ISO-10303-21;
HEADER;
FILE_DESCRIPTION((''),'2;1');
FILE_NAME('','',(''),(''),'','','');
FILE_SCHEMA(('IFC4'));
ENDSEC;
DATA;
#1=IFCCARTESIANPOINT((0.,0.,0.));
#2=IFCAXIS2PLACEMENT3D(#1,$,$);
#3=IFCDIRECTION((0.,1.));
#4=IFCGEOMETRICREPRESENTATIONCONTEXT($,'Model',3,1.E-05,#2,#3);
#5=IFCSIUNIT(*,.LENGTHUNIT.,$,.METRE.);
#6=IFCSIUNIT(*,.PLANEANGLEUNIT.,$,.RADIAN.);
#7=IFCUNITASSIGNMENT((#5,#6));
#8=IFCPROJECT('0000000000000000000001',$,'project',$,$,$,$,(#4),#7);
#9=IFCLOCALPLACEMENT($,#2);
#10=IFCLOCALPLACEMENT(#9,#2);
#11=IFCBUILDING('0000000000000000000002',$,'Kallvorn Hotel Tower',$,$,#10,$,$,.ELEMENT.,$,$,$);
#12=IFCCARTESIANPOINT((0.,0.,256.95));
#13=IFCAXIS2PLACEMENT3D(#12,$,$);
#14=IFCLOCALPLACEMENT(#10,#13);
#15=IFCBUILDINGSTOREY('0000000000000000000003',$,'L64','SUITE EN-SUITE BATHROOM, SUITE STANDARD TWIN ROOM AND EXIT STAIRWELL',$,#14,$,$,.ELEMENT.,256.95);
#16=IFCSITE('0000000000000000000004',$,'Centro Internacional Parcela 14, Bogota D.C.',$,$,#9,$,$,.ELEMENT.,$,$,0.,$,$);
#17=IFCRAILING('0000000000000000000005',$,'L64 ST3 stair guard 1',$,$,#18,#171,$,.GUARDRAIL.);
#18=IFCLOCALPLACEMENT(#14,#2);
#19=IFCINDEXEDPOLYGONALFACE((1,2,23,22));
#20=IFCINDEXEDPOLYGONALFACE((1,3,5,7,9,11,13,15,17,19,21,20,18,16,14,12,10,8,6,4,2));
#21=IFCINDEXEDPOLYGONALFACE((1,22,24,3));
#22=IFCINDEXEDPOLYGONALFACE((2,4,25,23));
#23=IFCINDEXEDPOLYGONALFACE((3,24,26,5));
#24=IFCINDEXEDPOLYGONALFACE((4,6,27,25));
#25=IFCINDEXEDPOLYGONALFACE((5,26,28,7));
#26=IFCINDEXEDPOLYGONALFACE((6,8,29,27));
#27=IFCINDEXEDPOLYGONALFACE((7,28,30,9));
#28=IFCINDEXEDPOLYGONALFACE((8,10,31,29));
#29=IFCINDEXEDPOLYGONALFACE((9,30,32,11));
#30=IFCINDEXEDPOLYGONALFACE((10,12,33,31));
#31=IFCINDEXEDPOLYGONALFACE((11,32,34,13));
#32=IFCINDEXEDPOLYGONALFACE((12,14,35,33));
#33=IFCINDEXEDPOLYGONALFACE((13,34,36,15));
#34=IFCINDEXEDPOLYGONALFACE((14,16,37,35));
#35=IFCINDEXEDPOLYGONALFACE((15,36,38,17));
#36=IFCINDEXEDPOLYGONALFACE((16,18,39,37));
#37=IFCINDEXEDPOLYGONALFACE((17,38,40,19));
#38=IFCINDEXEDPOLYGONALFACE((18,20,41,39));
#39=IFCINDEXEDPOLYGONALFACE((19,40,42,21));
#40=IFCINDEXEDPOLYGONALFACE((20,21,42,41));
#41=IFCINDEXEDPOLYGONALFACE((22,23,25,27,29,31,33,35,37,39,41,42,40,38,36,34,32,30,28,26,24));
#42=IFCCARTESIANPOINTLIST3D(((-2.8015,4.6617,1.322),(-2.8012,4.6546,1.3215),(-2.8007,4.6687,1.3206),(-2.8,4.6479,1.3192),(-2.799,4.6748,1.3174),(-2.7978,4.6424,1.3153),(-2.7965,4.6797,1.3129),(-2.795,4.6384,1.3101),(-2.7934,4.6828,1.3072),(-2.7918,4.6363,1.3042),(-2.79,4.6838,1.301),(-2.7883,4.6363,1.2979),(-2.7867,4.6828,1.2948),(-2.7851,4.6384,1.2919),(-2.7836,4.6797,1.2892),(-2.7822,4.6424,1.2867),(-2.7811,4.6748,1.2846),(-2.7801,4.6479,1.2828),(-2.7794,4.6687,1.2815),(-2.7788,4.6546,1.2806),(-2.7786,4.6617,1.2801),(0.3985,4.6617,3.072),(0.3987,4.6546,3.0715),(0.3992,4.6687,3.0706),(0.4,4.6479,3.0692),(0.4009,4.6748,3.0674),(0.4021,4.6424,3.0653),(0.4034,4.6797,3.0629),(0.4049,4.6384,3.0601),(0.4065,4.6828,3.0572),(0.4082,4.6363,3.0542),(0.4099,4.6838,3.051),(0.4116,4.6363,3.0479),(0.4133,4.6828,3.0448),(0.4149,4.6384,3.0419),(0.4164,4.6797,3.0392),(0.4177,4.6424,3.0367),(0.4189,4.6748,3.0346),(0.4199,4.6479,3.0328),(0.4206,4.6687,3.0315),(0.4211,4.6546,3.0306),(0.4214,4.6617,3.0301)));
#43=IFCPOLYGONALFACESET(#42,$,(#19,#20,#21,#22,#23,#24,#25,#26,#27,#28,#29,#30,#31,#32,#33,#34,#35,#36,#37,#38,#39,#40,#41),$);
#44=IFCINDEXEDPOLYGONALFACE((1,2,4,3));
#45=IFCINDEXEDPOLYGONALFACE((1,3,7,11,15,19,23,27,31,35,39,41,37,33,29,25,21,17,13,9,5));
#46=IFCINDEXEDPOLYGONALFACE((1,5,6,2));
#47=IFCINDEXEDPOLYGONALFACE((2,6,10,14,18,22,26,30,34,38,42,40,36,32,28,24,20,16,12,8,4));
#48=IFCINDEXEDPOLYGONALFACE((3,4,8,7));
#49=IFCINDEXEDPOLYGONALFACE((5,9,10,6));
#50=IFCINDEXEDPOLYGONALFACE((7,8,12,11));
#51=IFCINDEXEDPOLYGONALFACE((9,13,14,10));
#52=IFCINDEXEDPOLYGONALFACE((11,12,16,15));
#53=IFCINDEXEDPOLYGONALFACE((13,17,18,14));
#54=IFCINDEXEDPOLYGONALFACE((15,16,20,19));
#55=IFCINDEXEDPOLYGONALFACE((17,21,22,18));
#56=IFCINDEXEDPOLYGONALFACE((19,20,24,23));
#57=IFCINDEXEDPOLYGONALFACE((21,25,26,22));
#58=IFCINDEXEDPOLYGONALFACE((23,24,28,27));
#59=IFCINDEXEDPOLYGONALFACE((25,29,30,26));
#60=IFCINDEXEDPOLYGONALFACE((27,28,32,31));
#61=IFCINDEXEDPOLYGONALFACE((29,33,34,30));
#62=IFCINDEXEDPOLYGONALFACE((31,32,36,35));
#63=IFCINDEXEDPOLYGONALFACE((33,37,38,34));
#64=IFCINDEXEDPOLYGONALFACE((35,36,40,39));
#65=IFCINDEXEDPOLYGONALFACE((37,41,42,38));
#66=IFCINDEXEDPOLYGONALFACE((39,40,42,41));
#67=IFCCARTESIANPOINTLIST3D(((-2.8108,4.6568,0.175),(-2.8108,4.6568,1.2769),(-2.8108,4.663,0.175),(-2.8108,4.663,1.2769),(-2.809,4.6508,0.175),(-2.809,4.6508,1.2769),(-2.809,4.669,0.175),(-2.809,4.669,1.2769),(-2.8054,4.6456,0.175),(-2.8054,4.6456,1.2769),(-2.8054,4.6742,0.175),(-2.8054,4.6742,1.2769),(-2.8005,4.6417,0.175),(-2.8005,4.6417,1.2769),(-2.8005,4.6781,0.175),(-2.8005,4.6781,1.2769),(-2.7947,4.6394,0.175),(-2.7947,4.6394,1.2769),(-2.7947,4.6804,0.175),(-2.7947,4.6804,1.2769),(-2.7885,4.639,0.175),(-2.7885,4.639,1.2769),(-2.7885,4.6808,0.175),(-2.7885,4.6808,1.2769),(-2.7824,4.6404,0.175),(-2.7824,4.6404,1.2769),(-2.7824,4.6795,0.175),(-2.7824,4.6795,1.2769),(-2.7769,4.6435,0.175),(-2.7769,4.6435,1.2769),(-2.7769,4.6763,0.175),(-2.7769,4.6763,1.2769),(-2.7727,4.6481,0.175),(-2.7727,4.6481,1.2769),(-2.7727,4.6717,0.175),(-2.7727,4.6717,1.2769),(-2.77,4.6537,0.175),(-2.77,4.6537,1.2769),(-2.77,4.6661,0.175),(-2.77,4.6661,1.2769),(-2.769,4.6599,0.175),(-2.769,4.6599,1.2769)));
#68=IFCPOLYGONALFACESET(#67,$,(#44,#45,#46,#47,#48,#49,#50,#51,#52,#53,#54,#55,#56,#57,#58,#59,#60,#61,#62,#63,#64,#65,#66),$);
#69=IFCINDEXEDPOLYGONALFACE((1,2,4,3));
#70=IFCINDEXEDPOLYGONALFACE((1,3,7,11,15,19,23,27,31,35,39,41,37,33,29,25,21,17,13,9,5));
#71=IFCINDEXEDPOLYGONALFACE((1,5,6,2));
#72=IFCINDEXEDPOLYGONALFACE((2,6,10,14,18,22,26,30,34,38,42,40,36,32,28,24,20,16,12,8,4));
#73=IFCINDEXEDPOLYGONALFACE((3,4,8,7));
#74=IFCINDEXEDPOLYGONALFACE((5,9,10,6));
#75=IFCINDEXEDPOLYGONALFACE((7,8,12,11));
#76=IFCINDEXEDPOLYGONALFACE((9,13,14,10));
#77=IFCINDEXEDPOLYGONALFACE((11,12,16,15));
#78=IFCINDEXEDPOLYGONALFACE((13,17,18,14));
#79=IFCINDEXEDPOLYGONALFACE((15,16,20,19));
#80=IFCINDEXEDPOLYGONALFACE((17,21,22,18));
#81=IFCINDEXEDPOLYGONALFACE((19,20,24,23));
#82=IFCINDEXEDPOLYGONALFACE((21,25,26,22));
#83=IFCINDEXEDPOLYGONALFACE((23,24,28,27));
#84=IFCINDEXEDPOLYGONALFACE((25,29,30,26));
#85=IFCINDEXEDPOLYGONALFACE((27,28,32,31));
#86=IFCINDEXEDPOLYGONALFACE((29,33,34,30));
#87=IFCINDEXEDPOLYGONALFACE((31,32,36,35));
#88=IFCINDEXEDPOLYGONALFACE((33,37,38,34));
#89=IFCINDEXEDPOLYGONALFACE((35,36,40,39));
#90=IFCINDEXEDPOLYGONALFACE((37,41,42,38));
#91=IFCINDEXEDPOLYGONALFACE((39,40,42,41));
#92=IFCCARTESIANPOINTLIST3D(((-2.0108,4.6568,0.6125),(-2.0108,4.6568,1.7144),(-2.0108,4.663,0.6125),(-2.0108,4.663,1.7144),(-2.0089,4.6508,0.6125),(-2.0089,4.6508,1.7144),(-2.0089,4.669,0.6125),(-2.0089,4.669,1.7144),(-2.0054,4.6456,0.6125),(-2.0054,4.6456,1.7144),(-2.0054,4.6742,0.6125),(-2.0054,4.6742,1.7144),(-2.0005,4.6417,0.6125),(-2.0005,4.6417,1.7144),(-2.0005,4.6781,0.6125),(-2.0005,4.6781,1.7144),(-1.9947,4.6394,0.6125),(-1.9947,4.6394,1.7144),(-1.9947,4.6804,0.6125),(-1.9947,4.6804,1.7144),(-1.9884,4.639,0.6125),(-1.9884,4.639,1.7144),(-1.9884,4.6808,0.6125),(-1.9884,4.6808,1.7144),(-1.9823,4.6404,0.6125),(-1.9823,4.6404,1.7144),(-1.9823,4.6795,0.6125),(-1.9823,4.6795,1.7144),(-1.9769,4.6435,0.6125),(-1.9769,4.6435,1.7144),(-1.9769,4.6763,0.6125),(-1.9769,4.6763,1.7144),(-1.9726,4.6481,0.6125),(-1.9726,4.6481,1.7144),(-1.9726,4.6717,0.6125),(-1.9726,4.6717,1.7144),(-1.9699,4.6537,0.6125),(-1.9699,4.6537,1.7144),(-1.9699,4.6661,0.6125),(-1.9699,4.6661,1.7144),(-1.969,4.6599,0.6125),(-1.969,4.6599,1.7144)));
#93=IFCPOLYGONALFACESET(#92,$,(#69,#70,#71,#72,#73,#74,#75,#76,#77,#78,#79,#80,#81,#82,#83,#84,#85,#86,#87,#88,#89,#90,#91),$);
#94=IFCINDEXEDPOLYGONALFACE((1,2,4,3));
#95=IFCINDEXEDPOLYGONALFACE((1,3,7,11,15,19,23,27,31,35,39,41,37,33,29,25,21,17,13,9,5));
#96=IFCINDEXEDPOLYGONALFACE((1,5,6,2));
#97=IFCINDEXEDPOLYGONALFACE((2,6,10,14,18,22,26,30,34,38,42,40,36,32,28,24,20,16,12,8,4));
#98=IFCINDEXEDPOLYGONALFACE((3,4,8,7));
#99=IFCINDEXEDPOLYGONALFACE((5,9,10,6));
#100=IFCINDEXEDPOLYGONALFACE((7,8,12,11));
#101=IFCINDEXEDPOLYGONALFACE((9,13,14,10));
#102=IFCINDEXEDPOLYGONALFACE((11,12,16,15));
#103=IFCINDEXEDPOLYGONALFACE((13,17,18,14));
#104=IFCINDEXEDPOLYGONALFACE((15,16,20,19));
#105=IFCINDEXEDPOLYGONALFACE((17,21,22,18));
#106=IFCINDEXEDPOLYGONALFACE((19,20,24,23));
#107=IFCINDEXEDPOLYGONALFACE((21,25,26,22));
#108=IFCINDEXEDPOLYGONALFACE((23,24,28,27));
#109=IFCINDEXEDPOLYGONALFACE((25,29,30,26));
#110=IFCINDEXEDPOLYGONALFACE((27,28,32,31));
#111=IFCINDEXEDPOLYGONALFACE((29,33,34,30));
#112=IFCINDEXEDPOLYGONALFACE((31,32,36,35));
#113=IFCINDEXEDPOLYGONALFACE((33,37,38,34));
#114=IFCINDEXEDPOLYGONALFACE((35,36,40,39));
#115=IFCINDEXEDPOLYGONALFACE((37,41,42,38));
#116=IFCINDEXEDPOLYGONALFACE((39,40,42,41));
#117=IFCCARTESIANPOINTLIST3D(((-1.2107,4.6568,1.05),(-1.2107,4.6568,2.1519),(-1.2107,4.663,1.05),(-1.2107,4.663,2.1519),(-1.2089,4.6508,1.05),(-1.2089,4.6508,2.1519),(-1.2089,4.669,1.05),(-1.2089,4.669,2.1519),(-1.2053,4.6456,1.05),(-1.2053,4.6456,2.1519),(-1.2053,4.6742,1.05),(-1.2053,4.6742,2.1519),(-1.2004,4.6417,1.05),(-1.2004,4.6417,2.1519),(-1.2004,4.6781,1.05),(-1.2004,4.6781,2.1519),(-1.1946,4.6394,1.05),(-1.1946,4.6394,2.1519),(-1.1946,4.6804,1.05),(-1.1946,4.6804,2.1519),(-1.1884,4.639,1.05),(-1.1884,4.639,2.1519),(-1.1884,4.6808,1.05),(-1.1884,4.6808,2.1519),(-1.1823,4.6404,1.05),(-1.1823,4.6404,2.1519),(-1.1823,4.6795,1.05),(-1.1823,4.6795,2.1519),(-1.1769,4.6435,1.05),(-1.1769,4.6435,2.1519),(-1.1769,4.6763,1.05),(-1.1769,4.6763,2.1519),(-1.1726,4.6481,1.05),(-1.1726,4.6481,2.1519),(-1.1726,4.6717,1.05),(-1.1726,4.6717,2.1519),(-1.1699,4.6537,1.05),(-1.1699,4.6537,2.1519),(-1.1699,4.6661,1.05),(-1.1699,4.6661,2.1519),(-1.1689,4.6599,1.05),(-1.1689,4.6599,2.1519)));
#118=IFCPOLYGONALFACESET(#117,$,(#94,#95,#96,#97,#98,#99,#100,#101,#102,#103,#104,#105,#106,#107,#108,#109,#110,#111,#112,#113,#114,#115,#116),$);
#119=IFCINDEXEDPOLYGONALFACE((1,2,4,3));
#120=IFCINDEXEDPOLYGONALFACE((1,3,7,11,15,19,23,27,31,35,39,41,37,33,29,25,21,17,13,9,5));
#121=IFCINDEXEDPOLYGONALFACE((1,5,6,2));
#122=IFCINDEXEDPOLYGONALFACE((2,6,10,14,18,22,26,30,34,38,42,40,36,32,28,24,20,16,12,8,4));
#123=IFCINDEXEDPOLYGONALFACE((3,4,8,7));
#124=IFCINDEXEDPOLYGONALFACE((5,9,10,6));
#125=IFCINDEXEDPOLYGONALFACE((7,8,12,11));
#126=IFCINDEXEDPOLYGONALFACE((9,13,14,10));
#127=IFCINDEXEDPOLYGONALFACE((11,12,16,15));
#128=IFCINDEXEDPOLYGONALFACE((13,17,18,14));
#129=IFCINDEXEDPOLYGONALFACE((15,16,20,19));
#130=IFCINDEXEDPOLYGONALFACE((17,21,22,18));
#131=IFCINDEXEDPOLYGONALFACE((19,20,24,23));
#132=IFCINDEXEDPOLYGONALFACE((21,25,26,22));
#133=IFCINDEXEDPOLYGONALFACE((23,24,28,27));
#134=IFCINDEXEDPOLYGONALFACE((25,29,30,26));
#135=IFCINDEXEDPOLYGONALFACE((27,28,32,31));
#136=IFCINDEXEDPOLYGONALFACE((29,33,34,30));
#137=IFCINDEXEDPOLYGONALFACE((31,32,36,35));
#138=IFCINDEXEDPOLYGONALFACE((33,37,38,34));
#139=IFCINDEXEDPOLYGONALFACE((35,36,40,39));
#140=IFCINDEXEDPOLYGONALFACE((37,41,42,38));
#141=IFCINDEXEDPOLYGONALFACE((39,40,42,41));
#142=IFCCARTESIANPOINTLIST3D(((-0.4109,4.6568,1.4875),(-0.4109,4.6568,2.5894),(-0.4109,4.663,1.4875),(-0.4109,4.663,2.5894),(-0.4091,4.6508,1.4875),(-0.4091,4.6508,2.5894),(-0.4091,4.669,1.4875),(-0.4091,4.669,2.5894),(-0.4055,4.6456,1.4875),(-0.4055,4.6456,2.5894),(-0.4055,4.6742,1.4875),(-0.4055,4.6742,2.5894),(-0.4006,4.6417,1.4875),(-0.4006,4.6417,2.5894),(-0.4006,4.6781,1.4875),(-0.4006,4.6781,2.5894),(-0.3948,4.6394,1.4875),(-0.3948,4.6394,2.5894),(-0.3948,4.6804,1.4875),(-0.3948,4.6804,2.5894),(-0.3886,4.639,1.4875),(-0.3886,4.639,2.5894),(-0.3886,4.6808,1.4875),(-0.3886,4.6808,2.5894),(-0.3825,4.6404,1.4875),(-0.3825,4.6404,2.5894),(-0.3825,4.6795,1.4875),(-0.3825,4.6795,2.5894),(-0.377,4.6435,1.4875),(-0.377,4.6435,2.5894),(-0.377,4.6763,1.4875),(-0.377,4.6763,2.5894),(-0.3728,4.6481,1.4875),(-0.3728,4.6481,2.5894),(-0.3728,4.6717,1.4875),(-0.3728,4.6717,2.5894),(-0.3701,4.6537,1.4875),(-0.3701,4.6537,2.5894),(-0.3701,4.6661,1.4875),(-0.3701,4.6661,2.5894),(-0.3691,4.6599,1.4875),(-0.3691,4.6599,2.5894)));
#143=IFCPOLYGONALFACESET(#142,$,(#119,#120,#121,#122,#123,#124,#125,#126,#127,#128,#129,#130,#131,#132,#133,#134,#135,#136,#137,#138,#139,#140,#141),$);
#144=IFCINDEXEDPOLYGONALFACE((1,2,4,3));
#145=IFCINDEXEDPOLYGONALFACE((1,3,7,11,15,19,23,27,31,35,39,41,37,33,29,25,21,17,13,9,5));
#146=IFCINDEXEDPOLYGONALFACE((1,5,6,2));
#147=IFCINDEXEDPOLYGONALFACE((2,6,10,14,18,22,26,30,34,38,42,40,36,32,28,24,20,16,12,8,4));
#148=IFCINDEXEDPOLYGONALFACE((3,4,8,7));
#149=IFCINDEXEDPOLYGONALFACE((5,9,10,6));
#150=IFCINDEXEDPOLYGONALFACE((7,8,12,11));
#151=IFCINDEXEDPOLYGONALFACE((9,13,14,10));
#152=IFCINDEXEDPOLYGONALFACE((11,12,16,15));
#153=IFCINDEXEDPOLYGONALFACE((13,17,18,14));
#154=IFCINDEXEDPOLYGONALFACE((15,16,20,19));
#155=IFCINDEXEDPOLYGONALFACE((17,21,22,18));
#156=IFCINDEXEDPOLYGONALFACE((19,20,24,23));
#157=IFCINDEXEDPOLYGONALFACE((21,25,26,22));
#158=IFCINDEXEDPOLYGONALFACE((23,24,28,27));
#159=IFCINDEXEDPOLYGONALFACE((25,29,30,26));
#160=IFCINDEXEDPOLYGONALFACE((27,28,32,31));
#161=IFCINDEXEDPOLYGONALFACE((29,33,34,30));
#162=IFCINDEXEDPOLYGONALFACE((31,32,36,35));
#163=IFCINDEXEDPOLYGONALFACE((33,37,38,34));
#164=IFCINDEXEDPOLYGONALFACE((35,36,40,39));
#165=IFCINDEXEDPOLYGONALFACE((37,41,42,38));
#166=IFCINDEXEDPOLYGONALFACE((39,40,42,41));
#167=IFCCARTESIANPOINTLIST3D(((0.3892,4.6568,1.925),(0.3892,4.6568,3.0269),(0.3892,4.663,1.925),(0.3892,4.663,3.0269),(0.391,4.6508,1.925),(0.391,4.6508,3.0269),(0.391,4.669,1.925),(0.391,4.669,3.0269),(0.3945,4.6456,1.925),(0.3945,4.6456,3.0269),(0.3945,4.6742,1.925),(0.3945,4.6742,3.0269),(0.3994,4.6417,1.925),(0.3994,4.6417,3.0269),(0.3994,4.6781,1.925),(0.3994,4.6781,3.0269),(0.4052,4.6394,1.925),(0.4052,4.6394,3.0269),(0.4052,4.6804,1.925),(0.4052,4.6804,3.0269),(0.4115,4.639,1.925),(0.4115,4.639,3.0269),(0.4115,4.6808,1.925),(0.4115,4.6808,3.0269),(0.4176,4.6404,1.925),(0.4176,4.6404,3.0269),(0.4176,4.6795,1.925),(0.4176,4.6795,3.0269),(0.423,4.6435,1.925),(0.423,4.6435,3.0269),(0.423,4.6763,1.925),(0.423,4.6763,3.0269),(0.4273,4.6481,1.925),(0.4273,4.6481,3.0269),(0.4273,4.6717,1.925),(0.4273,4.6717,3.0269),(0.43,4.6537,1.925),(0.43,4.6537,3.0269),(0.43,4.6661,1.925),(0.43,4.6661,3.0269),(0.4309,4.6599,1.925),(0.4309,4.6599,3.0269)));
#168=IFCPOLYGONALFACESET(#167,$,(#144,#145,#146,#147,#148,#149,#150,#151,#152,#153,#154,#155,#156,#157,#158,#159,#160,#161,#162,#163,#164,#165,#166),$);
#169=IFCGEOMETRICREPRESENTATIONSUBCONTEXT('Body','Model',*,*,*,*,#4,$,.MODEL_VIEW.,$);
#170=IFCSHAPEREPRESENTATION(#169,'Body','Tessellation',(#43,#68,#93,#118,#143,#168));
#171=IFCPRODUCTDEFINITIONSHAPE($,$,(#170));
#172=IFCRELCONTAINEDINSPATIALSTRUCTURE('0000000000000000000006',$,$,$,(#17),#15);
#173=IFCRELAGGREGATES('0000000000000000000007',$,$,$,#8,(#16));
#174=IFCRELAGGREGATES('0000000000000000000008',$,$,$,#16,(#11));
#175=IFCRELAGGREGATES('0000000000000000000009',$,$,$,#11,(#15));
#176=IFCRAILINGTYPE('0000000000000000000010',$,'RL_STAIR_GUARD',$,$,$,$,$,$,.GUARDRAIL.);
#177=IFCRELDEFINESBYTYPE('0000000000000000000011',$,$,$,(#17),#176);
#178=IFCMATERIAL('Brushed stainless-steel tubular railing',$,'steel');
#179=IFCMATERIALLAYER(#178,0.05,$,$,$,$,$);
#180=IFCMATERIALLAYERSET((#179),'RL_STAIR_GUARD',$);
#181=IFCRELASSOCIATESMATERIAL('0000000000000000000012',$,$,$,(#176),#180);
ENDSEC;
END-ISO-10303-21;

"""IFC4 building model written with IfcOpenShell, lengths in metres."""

from ifc_helpers import new_model, si_unit, direction, frame, origin, origin_2d, place, context, subcontext, project, spatial, circle, extrude, material, layer, layer_set, type_object, element, save


model = new_model("IFC4")

# Units and contexts
model_context = context("Model", 3, precision=1e-05, world=origin(), true_north=direction((0.0, 1.0)))
body_context = subcontext(model_context, "Body", "Model", "MODEL_VIEW")
ifc_project = project(units=[si_unit("LENGTHUNIT", "METRE"), si_unit("PLANEANGLEUNIT", "RADIAN")], contexts=[model_context])

# Site, building, storey
site_placement = place(None, origin())
site = spatial("IfcSite", under=ifc_project, at=site_placement, Name="Centro Internacional Parcela 14, Bogota D.C.", CompositionType="ELEMENT", RefElevation=0.0)
building_placement = place(site_placement, origin())
building = spatial("IfcBuilding", under=site, at=building_placement, Name="Kallvorn Hotel Tower", CompositionType="ELEMENT")
storey_placement = place(building_placement, frame((0.0, 0.0, 256.95)))
storey = spatial("IfcBuildingStorey", under=building, at=storey_placement, Name="L64", Description="SUITE EN-SUITE BATHROOM, SUITE STANDARD TWIN ROOM AND EXIT STAIRWELL", CompositionType="ELEMENT", Elevation=256.95)

# Railing
ifc_material_1 = material(Name="Brushed stainless-steel tubular railing", Category="steel")
ifc_layer_1 = layer(ifc_material_1, 0.05)
ifc_layer_set_1 = layer_set([ifc_layer_1], Name="RL_STAIR_GUARD")
railing_type_1 = type_object("IfcRailingType", Name="RL_STAIR_GUARD", PredefinedType="GUARDRAIL", material=ifc_layer_set_1)
railing_1_placement = place(storey_placement, frame((-2.79, 4.6599, 0.175)))
element("IfcRailing", 1, at=railing_1_placement, inside=storey, type_object=railing_type_1, Name="L64 ST3 stair guard 1", PredefinedType="GUARDRAIL", context=body_context, shape_type="SweptSolid", body=[
    extrude(circle(Radius=0.0239, at=origin_2d()), frame((0.0, 0.0, 1.126), z_axis=(0.877368, 0.0, 0.479818), x_axis=(0.0, 1.0, 0.0)), (0.0, 0.0, 1.0), 3.6472),
    extrude(circle(Radius=0.021, at=origin_2d()), origin(), (0.0, 0.0, 1.0), 1.1018),
    extrude(circle(Radius=0.021, at=origin_2d()), frame((0.8, 0.0, 0.4375)), (0.0, 0.0, 1.0), 1.1018),
    extrude(circle(Radius=0.021, at=origin_2d()), frame((1.6001, 0.0, 0.875)), (0.0, 0.0, 1.0), 1.1018),
    extrude(circle(Radius=0.021, at=origin_2d()), frame((2.3999, 0.0, 1.3125)), (0.0, 0.0, 1.0), 1.1018),
    extrude(circle(Radius=0.021, at=origin_2d()), frame((3.2, 0.0, 1.75)), (0.0, 0.0, 1.0), 1.1018),
])

save(model, "model.ifc")
